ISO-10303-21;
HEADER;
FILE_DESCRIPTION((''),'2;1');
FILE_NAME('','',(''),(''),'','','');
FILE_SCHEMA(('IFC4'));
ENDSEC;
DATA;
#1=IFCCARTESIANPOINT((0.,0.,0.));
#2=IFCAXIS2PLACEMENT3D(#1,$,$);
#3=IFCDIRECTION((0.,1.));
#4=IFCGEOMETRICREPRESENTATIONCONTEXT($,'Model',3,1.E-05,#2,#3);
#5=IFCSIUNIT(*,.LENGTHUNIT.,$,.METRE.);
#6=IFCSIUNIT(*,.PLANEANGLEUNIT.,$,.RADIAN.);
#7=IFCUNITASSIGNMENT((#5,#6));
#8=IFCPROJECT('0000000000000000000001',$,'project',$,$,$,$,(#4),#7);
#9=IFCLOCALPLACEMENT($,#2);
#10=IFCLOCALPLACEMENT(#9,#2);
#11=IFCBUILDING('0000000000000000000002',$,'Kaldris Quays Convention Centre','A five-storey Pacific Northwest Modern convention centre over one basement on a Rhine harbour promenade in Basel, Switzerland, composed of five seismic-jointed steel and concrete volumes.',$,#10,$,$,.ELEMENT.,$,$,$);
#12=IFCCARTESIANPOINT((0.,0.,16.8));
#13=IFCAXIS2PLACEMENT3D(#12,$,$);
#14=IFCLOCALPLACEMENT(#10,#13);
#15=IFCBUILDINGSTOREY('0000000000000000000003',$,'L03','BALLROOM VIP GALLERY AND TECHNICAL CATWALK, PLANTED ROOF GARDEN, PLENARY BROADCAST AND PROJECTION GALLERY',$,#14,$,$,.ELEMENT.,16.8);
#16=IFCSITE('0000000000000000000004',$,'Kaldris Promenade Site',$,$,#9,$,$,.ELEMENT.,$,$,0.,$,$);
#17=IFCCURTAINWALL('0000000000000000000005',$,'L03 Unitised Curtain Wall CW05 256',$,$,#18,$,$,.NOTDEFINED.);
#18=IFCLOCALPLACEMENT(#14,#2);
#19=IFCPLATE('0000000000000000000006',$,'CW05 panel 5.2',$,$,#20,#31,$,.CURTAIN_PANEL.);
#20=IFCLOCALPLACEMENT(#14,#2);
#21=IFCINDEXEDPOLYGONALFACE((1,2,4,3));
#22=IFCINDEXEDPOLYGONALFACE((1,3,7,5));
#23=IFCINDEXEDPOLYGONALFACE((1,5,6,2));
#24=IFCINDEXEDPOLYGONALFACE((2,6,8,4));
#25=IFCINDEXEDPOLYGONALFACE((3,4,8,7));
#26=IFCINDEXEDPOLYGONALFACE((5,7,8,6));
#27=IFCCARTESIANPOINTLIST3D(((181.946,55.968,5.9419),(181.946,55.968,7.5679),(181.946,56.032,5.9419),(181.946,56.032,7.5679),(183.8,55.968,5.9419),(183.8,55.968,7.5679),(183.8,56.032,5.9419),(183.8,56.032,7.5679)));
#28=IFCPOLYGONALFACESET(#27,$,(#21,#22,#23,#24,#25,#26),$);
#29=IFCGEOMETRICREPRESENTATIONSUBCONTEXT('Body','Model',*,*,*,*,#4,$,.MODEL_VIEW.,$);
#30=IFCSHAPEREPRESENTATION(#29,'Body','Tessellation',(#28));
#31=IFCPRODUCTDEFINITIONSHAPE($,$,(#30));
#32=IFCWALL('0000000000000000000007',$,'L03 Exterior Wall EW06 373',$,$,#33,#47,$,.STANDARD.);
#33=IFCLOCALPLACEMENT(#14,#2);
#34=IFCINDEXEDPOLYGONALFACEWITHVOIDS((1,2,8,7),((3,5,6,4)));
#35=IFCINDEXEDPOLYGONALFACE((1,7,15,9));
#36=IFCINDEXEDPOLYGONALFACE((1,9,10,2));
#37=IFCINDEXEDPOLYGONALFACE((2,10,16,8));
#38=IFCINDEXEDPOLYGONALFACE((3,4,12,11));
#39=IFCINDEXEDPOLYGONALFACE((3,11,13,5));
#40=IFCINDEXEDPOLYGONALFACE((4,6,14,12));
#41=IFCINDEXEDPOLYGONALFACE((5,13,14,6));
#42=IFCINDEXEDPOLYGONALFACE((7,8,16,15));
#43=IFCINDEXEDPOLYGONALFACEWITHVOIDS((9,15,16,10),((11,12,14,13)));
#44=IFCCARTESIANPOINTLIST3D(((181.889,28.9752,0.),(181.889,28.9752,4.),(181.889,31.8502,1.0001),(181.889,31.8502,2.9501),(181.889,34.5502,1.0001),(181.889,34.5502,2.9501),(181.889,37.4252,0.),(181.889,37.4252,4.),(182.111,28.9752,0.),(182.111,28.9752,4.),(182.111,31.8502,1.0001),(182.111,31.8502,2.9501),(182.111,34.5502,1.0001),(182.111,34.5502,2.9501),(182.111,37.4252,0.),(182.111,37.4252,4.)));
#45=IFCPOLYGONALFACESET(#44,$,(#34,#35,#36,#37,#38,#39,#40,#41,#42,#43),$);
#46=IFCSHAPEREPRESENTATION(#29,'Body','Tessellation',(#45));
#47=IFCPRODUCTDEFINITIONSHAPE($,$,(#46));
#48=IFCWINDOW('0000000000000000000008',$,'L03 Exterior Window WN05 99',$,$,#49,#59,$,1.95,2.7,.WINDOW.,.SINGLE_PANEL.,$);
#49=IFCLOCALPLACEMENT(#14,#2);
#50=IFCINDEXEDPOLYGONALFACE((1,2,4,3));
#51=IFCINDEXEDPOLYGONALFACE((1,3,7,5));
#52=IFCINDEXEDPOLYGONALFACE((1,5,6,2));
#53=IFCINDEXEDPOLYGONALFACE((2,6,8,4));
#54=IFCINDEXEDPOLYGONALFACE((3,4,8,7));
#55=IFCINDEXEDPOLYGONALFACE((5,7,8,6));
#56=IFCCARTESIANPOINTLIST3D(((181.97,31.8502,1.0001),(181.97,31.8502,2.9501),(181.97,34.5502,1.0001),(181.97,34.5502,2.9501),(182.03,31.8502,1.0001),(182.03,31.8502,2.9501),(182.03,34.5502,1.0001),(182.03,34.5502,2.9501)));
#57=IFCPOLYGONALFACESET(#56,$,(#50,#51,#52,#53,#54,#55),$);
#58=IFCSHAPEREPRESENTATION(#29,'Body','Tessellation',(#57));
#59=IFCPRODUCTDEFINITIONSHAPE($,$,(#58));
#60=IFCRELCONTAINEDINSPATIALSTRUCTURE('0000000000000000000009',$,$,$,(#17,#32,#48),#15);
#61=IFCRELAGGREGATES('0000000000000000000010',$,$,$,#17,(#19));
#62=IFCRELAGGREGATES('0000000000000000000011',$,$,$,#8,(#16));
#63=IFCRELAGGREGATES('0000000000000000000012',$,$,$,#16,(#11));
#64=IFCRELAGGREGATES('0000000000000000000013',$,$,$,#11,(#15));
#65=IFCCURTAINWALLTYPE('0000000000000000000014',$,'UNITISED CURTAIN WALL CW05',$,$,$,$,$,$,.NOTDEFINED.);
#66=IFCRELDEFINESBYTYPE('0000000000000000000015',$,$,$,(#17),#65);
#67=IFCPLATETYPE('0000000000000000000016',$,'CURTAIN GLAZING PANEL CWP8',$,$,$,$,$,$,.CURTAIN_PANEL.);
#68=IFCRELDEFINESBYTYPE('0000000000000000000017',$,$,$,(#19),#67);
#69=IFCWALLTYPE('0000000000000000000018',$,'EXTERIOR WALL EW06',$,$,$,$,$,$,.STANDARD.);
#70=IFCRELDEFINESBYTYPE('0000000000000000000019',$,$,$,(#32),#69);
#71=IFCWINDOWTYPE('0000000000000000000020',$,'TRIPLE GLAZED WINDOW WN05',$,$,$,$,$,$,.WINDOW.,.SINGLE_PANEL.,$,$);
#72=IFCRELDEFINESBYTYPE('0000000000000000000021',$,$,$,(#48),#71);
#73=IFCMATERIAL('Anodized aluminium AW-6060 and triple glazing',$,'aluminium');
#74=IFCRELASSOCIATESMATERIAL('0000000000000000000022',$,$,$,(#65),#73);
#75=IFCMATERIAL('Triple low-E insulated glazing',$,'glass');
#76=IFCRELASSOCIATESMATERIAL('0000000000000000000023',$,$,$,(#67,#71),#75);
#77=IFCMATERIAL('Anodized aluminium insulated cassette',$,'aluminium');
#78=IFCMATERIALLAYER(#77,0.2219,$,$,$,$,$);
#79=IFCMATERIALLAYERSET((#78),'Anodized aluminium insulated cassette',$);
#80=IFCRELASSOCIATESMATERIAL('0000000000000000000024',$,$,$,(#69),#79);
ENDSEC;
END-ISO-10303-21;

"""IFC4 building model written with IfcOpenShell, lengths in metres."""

from ifc_helpers import new_model, si_unit, direction, frame, frame_2d, origin, origin_2d, place, context, subcontext, project, spatial, rectangle, extrude, material, layer, layer_set, type_object, element, fill, aggregate, save


model = new_model("IFC4")

# Units and contexts
model_context = context("Model", 3, precision=1e-05, world=origin(), true_north=direction((0.0, 1.0)))
body_context = subcontext(model_context, "Body", "Model", "MODEL_VIEW")
ifc_project = project(units=[si_unit("LENGTHUNIT", "METRE"), si_unit("PLANEANGLEUNIT", "RADIAN")], contexts=[model_context])

# Site, building, storey
site_placement = place(None, origin())
site = spatial("IfcSite", under=ifc_project, at=site_placement, Name="Kaldris Promenade Site", CompositionType="ELEMENT", RefElevation=0.0)
building_placement = place(site_placement, origin())
building = spatial("IfcBuilding", under=site, at=building_placement, Name="Kaldris Quays Convention Centre", Description="A five-storey Pacific Northwest Modern convention centre over one basement on a Rhine harbour promenade in Basel, Switzerland, composed of five seismic-jointed steel and concrete volumes.", CompositionType="ELEMENT")
storey_placement = place(building_placement, frame((0.0, 0.0, 16.8)))
storey = spatial("IfcBuildingStorey", under=building, at=storey_placement, Name="L03", Description="BALLROOM VIP GALLERY AND TECHNICAL CATWALK, PLANTED ROOF GARDEN, PLENARY BROADCAST AND PROJECTION GALLERY", CompositionType="ELEMENT", Elevation=16.8)

# Curtain wall
ifc_material_1 = material(Name="Anodized aluminium AW-6060 and triple glazing", Category="aluminium")
curtain_wall_type_1 = type_object("IfcCurtainWallType", Name="UNITISED CURTAIN WALL CW05", PredefinedType="NOTDEFINED", material=ifc_material_1)
curtain_wall_1_placement = place(storey_placement, origin())
curtain_wall_1 = element("IfcCurtainWall", 1, at=curtain_wall_1_placement, inside=storey, type_object=curtain_wall_type_1, Name="L03 Unitised Curtain Wall CW05 256", PredefinedType="NOTDEFINED")

# Plate
ifc_material_2 = material(Name="Triple low-E insulated glazing", Category="glass")
plate_type_1 = type_object("IfcPlateType", Name="CURTAIN GLAZING PANEL CWP8", PredefinedType="CURTAIN_PANEL", material=ifc_material_2)
plate_1_placement = place(storey_placement, frame((182.873, 56.0, 5.9419), z_axis=(0.0, 0.0, 1.0), x_axis=(1.0, 0.0, 0.0)))
plate_1 = element("IfcPlate", 2, at=plate_1_placement, type_object=plate_type_1, Name="CW05 panel 5.2", PredefinedType="CURTAIN_PANEL", context=body_context, shape_type="SweptSolid", body=[
    extrude(rectangle(XDim=1.854, YDim=0.064, at=origin_2d()), origin(), (0.0, 0.0, 1.0), 1.626),
])
aggregate(curtain_wall_1, [plate_1])

# Wall, opening, window
ifc_material_3 = material(Name="Anodized aluminium insulated cassette", Category="aluminium")
ifc_layer = layer(ifc_material_3, 0.2219)
ifc_layer_set = layer_set([ifc_layer], Name="Anodized aluminium insulated cassette")
wall_type = type_object("IfcWallType", Name="EXTERIOR WALL EW06", PredefinedType="STANDARD", material=ifc_layer_set)
wall_placement = place(storey_placement, frame((182.0, 28.9751, 0.0), z_axis=(0.0, 0.0, 1.0), x_axis=(0.0, 1.0, 0.0)))
wall = element("IfcWall", 3, at=wall_placement, inside=storey, type_object=wall_type, Name="L03 Exterior Wall EW06 373", PredefinedType="STANDARD", context=body_context, shape_type="SweptSolid", body=[
    extrude(rectangle(XDim=8.45, YDim=0.2219, at=frame_2d((4.2251, 0.0))), origin(), (0.0, 0.0, 1.0), 4.0),
])
opening_placement = place(wall_placement, frame((2.875, 0.0, 1.0)))
opening = element("IfcOpeningElement", 4, at=opening_placement, cuts=wall, PredefinedType="OPENING", context=body_context, shape_type="SweptSolid", body=[
    extrude(rectangle(XDim=2.7, YDim=1.95, at=frame_2d((1.3501, 0.9751))), frame((0.0, 0.1211, 0.0), z_axis=(0.0, -1.0, 0.0), x_axis=(1.0, 0.0, 0.0)), (0.0, 0.0, 1.0), 0.2419),
])
window_type = type_object("IfcWindowType", Name="TRIPLE GLAZED WINDOW WN05", PartitioningType="SINGLE_PANEL", PredefinedType="WINDOW", material=ifc_material_2)
window_placement = place(opening_placement, origin())
window = element("IfcWindow", 5, at=window_placement, inside=storey, type_object=window_type, Name="L03 Exterior Window WN05 99", OverallHeight=1.95, OverallWidth=2.7, PartitioningType="SINGLE_PANEL", PredefinedType="WINDOW", context=body_context, shape_type="SweptSolid", body=[
    extrude(rectangle(XDim=2.7, YDim=1.95, at=frame_2d((1.3501, 0.9751))), frame((0.0, 0.03, 0.0), z_axis=(0.0, -1.0, 0.0), x_axis=(1.0, 0.0, 0.0)), (0.0, 0.0, 1.0), 0.0601),
])
fill(opening, window)

save(model, "model.ifc")
